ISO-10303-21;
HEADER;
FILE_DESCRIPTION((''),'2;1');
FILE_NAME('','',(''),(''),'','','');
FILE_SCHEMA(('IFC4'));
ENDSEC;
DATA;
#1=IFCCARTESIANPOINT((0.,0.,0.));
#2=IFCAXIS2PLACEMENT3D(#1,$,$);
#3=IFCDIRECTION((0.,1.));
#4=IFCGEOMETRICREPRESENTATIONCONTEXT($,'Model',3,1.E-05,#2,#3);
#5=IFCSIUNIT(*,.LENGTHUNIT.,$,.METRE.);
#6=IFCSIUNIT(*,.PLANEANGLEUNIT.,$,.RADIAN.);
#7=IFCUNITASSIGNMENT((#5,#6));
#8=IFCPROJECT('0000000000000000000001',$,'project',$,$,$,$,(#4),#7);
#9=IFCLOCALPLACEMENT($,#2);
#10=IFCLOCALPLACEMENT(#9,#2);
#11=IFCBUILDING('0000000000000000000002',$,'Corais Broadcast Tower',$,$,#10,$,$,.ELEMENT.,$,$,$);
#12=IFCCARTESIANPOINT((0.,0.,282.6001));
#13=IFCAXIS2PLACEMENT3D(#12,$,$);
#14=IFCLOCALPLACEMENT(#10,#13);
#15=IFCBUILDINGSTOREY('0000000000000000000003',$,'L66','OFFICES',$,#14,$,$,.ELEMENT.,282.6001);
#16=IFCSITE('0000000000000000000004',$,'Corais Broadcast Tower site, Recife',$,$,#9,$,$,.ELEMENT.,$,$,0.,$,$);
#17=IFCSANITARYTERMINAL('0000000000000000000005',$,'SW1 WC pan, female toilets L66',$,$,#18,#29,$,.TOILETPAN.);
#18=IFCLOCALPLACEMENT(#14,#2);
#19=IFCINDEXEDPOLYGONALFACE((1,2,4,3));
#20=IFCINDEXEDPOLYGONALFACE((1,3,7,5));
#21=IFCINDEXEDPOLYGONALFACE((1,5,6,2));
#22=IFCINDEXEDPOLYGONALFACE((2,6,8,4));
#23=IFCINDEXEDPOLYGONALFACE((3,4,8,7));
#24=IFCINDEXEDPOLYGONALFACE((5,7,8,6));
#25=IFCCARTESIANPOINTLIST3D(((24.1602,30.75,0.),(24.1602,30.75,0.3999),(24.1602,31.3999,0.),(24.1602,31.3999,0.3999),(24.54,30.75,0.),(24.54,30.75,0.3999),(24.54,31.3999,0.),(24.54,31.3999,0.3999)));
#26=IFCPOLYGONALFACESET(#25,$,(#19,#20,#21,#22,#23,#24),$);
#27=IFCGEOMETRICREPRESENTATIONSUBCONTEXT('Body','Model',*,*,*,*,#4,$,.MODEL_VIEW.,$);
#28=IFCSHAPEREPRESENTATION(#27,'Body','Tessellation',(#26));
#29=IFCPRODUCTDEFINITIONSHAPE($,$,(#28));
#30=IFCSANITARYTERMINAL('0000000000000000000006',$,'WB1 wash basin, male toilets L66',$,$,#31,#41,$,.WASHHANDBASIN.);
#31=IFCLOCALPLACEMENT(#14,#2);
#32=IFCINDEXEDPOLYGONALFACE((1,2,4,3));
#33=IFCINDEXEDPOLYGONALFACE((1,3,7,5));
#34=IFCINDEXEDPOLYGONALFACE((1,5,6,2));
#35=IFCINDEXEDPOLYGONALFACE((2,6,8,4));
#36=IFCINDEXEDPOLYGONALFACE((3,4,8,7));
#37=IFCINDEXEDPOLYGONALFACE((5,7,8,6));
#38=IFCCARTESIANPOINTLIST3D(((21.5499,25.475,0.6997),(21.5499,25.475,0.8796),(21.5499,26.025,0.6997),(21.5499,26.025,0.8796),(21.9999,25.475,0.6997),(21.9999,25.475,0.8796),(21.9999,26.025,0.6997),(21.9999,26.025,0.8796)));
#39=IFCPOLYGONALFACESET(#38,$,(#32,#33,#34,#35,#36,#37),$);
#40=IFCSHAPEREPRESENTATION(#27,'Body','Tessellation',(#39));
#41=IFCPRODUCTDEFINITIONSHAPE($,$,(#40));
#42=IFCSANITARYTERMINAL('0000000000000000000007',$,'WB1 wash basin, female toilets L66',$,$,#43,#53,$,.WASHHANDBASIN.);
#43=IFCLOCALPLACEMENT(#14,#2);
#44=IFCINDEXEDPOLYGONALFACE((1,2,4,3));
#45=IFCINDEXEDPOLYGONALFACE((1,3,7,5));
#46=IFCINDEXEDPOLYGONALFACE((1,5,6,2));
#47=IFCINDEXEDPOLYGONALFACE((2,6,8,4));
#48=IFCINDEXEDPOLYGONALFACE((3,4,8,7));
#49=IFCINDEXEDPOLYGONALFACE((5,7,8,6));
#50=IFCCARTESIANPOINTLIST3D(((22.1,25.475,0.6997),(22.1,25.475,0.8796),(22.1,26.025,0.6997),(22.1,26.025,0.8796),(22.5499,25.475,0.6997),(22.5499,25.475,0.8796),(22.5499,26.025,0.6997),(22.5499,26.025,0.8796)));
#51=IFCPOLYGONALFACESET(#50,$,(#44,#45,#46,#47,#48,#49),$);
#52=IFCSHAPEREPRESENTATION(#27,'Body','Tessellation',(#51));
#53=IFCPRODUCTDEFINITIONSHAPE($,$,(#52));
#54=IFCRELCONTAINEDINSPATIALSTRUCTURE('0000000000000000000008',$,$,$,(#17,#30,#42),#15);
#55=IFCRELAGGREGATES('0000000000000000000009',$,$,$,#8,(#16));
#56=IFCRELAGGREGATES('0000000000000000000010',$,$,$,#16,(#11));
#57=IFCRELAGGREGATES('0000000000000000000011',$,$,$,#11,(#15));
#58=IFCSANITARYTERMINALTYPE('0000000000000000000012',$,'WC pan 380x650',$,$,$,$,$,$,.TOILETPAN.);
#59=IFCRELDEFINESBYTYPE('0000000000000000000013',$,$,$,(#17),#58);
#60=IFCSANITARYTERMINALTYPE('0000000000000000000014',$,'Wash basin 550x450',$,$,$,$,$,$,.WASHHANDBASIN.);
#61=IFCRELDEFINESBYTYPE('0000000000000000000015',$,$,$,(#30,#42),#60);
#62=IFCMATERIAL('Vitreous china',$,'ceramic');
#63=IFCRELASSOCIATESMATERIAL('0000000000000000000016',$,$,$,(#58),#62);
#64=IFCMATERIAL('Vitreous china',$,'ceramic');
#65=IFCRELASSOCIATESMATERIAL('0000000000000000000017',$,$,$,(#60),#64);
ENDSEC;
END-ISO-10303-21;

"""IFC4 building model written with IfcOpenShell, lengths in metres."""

from ifc_helpers import new_model, si_unit, direction, frame, origin, origin_2d, place, context, subcontext, project, spatial, rectangle, extrude, material, type_object, element, save


model = new_model("IFC4")

# Units and contexts
model_context = context("Model", 3, precision=1e-05, world=origin(), true_north=direction((0.0, 1.0)))
body_context = subcontext(model_context, "Body", "Model", "MODEL_VIEW")
ifc_project = project(units=[si_unit("LENGTHUNIT", "METRE"), si_unit("PLANEANGLEUNIT", "RADIAN")], contexts=[model_context])

# Site, building, storey
site_placement = place(None, origin())
site = spatial("IfcSite", under=ifc_project, at=site_placement, Name="Corais Broadcast Tower site, Recife", CompositionType="ELEMENT", RefElevation=0.0)
building_placement = place(site_placement, origin())
building = spatial("IfcBuilding", under=site, at=building_placement, Name="Corais Broadcast Tower", CompositionType="ELEMENT")
storey_placement = place(building_placement, frame((0.0, 0.0, 282.6001)))
storey = spatial("IfcBuildingStorey", under=building, at=storey_placement, Name="L66", Description="OFFICES", CompositionType="ELEMENT", Elevation=282.6001)

# Sanitary terminals
ifc_material_1 = material(Name="Vitreous china", Category="ceramic")
sanitary_terminal_type_1 = type_object("IfcSanitaryTerminalType", Name="WC pan 380x650", PredefinedType="TOILETPAN", material=ifc_material_1)
for number, where, z_axis, x_axis, name in (
    (1, (24.3501, 31.075, 0.0), (0.0, 0.0, 1.0), (1.0, 0.0, 0.0), "SW1 WC pan, female toilets L66"),
):
    element("IfcSanitaryTerminal", number, at=place(storey_placement, frame(where, z_axis=z_axis, x_axis=x_axis)), inside=storey, type_object=sanitary_terminal_type_1, Name=name, PredefinedType="TOILETPAN", context=body_context, shape_type="SweptSolid", body=[
        extrude(rectangle(XDim=0.3799, YDim=0.6499, at=origin_2d()), origin(), (0.0, 0.0, 1.0), 0.3999),
    ])
ifc_material_2 = material(Name="Vitreous china", Category="ceramic")
sanitary_terminal_type_2 = type_object("IfcSanitaryTerminalType", Name="Wash basin 550x450", PredefinedType="WASHHANDBASIN", material=ifc_material_2)
for number, where, z_axis, x_axis, name in (
    (2, (21.7749, 25.75, 0.6997), (0.0, 0.0, 1.0), (1.0, 0.0, 0.0), "WB1 wash basin, male toilets L66"),
    (3, (22.325, 25.75, 0.6997), (0.0, 0.0, 1.0), (1.0, 0.0, 0.0), "WB1 wash basin, female toilets L66"),
):
    element("IfcSanitaryTerminal", number, at=place(storey_placement, frame(where, z_axis=z_axis, x_axis=x_axis)), inside=storey, type_object=sanitary_terminal_type_2, Name=name, PredefinedType="WASHHANDBASIN", context=body_context, shape_type="SweptSolid", body=[
        extrude(rectangle(XDim=0.45, YDim=0.55, at=origin_2d()), origin(), (0.0, 0.0, 1.0), 0.1799),
    ])

save(model, "model.ifc")
